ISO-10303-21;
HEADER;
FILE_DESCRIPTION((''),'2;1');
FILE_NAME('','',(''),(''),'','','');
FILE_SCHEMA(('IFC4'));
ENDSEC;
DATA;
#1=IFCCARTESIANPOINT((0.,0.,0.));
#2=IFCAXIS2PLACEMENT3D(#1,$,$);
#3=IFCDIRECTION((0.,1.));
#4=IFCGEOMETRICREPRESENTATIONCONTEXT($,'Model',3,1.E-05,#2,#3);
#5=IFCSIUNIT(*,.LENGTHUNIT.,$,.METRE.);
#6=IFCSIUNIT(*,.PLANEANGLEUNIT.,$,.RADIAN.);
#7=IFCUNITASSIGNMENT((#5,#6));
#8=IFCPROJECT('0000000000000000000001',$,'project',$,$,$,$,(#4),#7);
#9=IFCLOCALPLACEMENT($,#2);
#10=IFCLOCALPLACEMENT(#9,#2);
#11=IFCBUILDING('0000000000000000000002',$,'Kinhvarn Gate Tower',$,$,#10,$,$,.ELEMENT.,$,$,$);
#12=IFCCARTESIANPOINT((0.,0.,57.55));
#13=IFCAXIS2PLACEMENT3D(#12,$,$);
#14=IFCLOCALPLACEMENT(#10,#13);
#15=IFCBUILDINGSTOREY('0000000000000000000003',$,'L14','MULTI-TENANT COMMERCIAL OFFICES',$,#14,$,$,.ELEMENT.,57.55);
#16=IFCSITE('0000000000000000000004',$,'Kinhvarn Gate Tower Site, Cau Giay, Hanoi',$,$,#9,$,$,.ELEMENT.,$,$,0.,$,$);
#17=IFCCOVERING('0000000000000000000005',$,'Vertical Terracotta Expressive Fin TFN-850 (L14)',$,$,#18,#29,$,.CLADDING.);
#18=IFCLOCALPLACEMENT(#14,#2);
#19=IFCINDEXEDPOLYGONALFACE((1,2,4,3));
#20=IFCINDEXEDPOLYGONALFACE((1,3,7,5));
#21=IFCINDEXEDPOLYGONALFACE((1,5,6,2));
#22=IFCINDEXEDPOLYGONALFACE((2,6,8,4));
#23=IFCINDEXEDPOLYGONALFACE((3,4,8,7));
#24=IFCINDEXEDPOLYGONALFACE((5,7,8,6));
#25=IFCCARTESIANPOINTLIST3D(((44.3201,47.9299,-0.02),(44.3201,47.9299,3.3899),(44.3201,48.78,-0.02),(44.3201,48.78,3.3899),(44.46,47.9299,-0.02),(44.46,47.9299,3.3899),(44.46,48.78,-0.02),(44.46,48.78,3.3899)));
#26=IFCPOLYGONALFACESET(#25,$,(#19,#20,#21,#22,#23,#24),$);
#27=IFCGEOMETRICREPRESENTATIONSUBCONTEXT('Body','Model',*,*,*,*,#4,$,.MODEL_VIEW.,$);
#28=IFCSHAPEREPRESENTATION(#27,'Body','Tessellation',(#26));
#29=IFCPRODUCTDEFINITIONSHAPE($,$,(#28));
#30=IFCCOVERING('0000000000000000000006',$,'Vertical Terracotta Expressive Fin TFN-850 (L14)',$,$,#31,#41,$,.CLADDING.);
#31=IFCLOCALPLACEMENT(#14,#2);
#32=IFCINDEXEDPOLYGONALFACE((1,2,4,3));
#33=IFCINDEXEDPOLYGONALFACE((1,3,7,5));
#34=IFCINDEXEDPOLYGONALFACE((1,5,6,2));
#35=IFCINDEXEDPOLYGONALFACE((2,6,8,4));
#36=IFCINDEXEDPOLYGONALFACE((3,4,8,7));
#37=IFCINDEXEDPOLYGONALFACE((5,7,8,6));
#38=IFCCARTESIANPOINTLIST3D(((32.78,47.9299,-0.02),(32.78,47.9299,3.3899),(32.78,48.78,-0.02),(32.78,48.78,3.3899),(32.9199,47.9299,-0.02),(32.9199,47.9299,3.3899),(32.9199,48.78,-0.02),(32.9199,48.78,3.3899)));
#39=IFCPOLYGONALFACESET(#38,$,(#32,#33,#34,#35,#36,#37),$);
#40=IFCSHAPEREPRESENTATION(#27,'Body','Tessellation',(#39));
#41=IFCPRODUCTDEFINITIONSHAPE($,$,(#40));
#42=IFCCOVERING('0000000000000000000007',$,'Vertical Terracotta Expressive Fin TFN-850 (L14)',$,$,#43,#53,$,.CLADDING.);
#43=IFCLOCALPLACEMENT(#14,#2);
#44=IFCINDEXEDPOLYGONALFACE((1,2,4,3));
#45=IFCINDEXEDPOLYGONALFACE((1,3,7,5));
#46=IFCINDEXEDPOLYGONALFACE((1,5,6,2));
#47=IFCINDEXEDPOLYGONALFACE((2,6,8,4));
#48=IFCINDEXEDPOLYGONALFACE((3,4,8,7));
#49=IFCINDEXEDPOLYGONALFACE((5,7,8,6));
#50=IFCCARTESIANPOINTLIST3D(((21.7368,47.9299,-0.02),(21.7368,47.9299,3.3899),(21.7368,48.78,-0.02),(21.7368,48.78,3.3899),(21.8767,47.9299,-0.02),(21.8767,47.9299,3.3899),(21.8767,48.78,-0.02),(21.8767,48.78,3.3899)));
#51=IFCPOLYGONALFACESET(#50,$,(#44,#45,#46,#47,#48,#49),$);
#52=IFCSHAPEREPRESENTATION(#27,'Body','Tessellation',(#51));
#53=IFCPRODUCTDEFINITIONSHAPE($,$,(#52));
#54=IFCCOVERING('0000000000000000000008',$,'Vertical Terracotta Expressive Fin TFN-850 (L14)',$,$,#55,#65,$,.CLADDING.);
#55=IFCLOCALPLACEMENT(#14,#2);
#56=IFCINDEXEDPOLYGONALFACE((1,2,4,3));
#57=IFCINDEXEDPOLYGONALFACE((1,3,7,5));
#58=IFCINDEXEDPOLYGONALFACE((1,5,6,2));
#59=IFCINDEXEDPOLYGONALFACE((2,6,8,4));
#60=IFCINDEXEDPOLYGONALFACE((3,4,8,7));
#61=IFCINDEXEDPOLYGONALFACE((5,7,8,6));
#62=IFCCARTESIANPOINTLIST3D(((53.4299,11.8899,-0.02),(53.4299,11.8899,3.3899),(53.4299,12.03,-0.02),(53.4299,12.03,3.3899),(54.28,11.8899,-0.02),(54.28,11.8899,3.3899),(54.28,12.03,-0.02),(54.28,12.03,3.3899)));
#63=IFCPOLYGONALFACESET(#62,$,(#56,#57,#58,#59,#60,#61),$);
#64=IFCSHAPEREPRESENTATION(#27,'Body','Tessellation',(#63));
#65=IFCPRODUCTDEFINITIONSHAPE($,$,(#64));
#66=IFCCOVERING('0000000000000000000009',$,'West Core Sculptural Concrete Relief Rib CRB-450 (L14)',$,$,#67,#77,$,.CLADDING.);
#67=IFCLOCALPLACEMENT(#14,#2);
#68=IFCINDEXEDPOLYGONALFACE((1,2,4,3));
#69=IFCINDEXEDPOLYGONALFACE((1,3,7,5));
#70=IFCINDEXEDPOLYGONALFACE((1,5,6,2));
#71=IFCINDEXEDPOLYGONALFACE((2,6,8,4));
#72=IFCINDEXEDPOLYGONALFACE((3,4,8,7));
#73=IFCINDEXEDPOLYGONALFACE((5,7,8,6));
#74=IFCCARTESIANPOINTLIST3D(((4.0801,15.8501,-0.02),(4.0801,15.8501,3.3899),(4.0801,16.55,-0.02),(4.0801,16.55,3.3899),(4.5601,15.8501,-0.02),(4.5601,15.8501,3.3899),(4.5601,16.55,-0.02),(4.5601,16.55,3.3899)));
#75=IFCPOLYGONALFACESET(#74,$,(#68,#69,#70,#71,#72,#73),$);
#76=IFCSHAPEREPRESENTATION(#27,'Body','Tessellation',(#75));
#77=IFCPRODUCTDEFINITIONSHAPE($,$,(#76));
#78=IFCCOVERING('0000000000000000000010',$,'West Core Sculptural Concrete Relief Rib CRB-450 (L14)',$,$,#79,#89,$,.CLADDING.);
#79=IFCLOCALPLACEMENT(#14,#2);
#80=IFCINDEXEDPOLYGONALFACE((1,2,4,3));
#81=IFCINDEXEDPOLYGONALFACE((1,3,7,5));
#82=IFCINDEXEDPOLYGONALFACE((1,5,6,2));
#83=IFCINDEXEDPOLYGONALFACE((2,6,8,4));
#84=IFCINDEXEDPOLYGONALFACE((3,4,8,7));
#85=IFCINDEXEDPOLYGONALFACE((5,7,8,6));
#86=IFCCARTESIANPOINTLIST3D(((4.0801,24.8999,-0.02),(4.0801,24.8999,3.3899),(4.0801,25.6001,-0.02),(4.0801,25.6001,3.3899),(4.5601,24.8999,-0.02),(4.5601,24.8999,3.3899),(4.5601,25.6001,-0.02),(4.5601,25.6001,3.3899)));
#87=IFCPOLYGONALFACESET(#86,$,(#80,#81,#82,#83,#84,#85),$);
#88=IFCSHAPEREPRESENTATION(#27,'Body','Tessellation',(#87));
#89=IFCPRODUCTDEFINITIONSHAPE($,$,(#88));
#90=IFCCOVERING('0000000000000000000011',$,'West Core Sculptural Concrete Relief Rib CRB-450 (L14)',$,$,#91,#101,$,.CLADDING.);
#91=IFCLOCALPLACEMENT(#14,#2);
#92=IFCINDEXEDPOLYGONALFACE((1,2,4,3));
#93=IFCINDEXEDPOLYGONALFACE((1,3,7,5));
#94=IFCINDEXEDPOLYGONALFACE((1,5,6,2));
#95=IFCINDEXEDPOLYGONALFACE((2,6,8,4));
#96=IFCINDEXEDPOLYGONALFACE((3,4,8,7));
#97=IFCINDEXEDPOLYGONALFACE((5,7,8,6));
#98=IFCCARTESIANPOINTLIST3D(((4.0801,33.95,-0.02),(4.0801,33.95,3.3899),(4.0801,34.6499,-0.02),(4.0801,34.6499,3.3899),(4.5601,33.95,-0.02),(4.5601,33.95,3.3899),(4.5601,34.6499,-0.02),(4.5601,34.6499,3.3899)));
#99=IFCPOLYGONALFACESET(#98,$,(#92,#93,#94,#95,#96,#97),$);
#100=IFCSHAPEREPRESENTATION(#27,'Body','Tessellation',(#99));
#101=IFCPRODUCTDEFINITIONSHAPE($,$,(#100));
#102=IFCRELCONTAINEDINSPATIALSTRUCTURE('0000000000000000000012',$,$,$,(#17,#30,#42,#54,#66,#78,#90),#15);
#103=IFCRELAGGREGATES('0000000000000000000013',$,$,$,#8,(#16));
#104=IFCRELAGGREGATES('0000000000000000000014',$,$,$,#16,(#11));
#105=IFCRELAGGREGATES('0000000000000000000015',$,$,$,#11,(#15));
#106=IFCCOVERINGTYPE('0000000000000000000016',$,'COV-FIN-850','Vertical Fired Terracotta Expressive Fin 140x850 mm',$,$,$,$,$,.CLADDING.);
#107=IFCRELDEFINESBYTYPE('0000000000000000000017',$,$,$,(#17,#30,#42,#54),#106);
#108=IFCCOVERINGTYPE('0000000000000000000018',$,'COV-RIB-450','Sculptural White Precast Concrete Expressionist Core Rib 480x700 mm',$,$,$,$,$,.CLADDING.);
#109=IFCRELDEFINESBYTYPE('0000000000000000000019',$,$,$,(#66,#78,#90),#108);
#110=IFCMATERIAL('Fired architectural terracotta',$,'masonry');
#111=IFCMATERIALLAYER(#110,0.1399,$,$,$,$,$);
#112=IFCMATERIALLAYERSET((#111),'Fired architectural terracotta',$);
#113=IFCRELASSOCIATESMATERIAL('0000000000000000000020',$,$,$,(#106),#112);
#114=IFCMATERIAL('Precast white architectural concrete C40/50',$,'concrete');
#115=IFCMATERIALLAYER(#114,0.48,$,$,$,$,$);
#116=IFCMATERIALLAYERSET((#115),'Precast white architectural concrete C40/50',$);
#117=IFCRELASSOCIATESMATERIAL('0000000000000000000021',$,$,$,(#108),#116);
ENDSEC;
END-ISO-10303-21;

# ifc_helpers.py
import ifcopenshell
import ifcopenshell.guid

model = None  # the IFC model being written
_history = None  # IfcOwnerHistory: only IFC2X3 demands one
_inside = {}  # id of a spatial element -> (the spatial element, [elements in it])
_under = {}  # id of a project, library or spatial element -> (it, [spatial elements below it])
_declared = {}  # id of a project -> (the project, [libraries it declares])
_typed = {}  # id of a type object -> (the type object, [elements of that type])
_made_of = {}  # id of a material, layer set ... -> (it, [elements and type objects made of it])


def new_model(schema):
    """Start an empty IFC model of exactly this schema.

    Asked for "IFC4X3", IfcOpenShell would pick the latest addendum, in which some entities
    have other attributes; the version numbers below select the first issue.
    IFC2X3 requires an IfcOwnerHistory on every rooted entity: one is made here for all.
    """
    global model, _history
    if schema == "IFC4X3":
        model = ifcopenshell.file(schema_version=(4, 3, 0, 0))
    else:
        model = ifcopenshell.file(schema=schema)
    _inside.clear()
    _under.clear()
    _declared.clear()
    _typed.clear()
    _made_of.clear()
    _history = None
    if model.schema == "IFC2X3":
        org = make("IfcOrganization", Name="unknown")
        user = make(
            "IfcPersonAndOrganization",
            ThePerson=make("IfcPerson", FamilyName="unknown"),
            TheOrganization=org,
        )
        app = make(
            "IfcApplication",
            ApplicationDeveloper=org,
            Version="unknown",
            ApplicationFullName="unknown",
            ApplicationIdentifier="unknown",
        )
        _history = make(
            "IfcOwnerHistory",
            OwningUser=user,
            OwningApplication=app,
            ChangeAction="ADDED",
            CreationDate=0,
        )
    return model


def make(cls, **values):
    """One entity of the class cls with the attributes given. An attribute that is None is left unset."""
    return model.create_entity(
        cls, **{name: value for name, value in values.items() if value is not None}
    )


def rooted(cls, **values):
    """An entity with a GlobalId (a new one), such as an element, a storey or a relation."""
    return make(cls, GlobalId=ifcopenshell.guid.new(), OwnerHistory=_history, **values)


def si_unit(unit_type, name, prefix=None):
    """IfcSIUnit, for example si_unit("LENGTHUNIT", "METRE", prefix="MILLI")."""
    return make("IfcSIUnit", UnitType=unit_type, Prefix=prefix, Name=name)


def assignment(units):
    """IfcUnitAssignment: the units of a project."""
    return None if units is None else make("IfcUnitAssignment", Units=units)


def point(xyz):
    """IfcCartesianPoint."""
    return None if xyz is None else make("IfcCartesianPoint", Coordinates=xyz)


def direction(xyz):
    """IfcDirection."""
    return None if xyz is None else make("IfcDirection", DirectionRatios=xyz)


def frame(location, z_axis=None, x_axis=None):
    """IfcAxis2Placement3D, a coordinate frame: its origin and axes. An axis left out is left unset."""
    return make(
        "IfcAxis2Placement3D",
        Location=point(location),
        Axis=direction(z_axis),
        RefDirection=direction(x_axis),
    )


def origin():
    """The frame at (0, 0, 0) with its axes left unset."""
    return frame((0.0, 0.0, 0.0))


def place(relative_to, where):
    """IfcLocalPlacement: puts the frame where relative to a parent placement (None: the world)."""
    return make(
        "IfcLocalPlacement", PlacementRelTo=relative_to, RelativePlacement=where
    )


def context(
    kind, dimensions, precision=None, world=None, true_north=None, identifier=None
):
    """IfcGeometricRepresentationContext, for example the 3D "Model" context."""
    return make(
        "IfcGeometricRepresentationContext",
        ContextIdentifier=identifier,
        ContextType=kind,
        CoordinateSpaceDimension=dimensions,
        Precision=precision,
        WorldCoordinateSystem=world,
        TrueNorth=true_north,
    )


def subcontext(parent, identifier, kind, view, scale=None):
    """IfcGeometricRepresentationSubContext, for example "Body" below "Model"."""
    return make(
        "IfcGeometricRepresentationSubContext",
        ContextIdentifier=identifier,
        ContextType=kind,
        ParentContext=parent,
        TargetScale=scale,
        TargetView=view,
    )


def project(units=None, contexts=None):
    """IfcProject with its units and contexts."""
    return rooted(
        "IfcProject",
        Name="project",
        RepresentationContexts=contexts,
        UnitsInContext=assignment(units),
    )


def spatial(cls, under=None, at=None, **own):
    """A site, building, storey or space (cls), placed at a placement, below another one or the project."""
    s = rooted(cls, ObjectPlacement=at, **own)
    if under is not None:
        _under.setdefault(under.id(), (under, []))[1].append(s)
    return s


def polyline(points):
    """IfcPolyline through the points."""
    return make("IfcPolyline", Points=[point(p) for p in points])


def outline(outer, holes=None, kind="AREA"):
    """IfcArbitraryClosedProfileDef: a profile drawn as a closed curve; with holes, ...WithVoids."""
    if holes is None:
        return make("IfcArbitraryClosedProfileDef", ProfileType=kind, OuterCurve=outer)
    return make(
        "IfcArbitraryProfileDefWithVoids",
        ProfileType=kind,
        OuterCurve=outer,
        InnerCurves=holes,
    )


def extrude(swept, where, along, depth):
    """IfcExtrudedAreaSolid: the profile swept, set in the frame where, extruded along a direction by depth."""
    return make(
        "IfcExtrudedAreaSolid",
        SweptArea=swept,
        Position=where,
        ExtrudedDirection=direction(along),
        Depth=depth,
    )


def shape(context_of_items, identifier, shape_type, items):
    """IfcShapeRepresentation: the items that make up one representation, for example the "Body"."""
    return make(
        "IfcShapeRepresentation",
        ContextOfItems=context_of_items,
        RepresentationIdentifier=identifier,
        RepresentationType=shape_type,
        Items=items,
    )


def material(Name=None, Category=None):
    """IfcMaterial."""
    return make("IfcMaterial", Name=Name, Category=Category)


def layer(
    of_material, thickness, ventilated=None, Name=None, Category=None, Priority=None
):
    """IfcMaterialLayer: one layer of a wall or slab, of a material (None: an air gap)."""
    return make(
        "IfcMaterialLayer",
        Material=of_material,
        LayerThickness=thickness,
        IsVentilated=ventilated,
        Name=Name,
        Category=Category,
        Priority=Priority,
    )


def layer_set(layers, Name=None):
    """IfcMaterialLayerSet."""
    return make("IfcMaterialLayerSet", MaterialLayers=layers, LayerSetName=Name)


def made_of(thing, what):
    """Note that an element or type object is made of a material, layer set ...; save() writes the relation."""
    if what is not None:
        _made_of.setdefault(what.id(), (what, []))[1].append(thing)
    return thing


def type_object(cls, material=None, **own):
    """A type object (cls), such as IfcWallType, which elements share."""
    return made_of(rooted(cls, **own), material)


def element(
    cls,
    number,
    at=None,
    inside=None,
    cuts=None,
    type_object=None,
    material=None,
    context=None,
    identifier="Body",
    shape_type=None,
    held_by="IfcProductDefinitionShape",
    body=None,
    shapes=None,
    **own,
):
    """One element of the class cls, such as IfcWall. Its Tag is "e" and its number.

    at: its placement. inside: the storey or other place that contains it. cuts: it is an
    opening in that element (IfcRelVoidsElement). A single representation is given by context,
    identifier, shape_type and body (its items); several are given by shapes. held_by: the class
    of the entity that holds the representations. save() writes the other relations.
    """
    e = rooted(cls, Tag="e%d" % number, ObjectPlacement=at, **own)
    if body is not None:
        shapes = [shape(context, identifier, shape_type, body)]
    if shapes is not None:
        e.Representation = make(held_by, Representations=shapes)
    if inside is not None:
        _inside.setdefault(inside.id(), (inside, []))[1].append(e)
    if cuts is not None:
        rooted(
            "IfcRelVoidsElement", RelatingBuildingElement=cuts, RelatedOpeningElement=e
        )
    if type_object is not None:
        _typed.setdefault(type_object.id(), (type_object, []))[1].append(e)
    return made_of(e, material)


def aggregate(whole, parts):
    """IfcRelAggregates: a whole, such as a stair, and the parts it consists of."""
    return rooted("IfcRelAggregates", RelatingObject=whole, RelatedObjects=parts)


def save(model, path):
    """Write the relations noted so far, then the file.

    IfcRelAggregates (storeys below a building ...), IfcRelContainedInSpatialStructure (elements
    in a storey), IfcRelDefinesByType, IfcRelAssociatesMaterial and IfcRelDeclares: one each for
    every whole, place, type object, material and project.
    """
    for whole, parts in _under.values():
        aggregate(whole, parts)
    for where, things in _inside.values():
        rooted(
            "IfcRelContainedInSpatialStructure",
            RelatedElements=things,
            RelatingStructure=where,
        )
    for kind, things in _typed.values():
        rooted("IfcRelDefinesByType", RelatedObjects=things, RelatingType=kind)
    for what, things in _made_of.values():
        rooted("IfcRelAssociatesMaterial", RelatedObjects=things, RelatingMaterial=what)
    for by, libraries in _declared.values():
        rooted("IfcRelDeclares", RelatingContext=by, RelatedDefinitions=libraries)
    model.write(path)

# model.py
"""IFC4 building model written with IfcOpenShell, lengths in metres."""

from ifc_helpers import new_model, si_unit, direction, frame, origin, place, context, subcontext, project, spatial, polyline, outline, extrude, material, layer, layer_set, type_object, element, save


model = new_model("IFC4")

# Units and contexts
model_context = context("Model", 3, precision=1e-05, world=origin(), true_north=direction((0.0, 1.0)))
body_context = subcontext(model_context, "Body", "Model", "MODEL_VIEW")
ifc_project = project(units=[si_unit("LENGTHUNIT", "METRE"), si_unit("PLANEANGLEUNIT", "RADIAN")], contexts=[model_context])

# Site, building, storey
site_placement = place(None, origin())
site = spatial("IfcSite", under=ifc_project, at=site_placement, Name="Kinhvarn Gate Tower Site, Cau Giay, Hanoi", CompositionType="ELEMENT", RefElevation=0.0)
building_placement = place(site_placement, origin())
building = spatial("IfcBuilding", under=site, at=building_placement, Name="Kinhvarn Gate Tower", CompositionType="ELEMENT")
storey_placement = place(building_placement, frame((0.0, 0.0, 57.55)))
storey = spatial("IfcBuildingStorey", under=building, at=storey_placement, Name="L14", Description="MULTI-TENANT COMMERCIAL OFFICES", CompositionType="ELEMENT", Elevation=57.55)

# Shared definitions
ifc_material_1 = material(Name="Precast white architectural concrete C40/50", Category="concrete")

# Coverings
ifc_material_2 = material(Name="Fired architectural terracotta", Category="masonry")
ifc_layer_1 = layer(ifc_material_2, 0.1399)
ifc_layer_set_1 = layer_set([ifc_layer_1], Name="Fired architectural terracotta")
covering_type_1 = type_object("IfcCoveringType", Name="COV-FIN-850", Description="Vertical Fired Terracotta Expressive Fin 140x850 mm", PredefinedType="CLADDING", material=ifc_layer_set_1)
covering_1_placement = place(storey_placement, frame((0.0, 0.0, -0.02)))
element("IfcCovering", 1, at=covering_1_placement, inside=storey, type_object=covering_type_1, Name="Vertical Terracotta Expressive Fin TFN-850 (L14)", PredefinedType="CLADDING", context=body_context, shape_type="SweptSolid", body=[
    extrude(outline(polyline([(44.46, 47.9299), (44.3201, 47.9299), (44.3201, 48.78), (44.46, 48.78), (44.46, 47.9299)])), origin(), (0.0, 0.0, 1.0), 3.4099),
])
covering_2_placement = place(storey_placement, frame((0.0, 0.0, -0.02)))
element("IfcCovering", 2, at=covering_2_placement, inside=storey, type_object=covering_type_1, Name="Vertical Terracotta Expressive Fin TFN-850 (L14)", PredefinedType="CLADDING", context=body_context, shape_type="SweptSolid", body=[
    extrude(outline(polyline([(32.9199, 47.9299), (32.78, 47.9299), (32.78, 48.78), (32.9199, 48.78), (32.9199, 47.9299)])), origin(), (0.0, 0.0, 1.0), 3.4099),
])
covering_3_placement = place(storey_placement, frame((0.0, 0.0, -0.02)))
element("IfcCovering", 3, at=covering_3_placement, inside=storey, type_object=covering_type_1, Name="Vertical Terracotta Expressive Fin TFN-850 (L14)", PredefinedType="CLADDING", context=body_context, shape_type="SweptSolid", body=[
    extrude(outline(polyline([(21.8767, 47.9299), (21.7368, 47.9299), (21.7368, 48.78), (21.8767, 48.78), (21.8767, 47.9299)])), origin(), (0.0, 0.0, 1.0), 3.4099),
])
covering_4_placement = place(storey_placement, frame((0.0, 0.0, -0.02)))
element("IfcCovering", 4, at=covering_4_placement, inside=storey, type_object=covering_type_1, Name="Vertical Terracotta Expressive Fin TFN-850 (L14)", PredefinedType="CLADDING", context=body_context, shape_type="SweptSolid", body=[
    extrude(outline(polyline([(53.4299, 11.8899), (53.4299, 12.03), (54.28, 12.03), (54.28, 11.8899), (53.4299, 11.8899)])), origin(), (0.0, 0.0, 1.0), 3.4099),
])
ifc_layer_2 = layer(ifc_material_1, 0.48)
ifc_layer_set_2 = layer_set([ifc_layer_2], Name="Precast white architectural concrete C40/50")
covering_type_2 = type_object("IfcCoveringType", Name="COV-RIB-450", Description="Sculptural White Precast Concrete Expressionist Core Rib 480x700 mm", PredefinedType="CLADDING", material=ifc_layer_set_2)
covering_5_placement = place(storey_placement, frame((0.0, 0.0, -0.02)))
element("IfcCovering", 5, at=covering_5_placement, inside=storey, type_object=covering_type_2, Name="West Core Sculptural Concrete Relief Rib CRB-450 (L14)", PredefinedType="CLADDING", context=body_context, shape_type="SweptSolid", body=[
    extrude(outline(polyline([(4.0801, 15.8501), (4.5601, 15.8501), (4.5601, 16.55), (4.0801, 16.55), (4.0801, 15.8501)])), origin(), (0.0, 0.0, 1.0), 3.4099),
])
covering_6_placement = place(storey_placement, frame((0.0, 0.0, -0.02)))
element("IfcCovering", 6, at=covering_6_placement, inside=storey, type_object=covering_type_2, Name="West Core Sculptural Concrete Relief Rib CRB-450 (L14)", PredefinedType="CLADDING", context=body_context, shape_type="SweptSolid", body=[
    extrude(outline(polyline([(4.0801, 24.8999), (4.5601, 24.8999), (4.5601, 25.6001), (4.0801, 25.6001), (4.0801, 24.8999)])), origin(), (0.0, 0.0, 1.0), 3.4099),
])
covering_7_placement = place(storey_placement, frame((0.0, 0.0, -0.02)))
element("IfcCovering", 7, at=covering_7_placement, inside=storey, type_object=covering_type_2, Name="West Core Sculptural Concrete Relief Rib CRB-450 (L14)", PredefinedType="CLADDING", context=body_context, shape_type="SweptSolid", body=[
    extrude(outline(polyline([(4.0801, 33.95), (4.5601, 33.95), (4.5601, 34.6499), (4.0801, 34.6499), (4.0801, 33.95)])), origin(), (0.0, 0.0, 1.0), 3.4099),
])

save(model, "model.ifc")
